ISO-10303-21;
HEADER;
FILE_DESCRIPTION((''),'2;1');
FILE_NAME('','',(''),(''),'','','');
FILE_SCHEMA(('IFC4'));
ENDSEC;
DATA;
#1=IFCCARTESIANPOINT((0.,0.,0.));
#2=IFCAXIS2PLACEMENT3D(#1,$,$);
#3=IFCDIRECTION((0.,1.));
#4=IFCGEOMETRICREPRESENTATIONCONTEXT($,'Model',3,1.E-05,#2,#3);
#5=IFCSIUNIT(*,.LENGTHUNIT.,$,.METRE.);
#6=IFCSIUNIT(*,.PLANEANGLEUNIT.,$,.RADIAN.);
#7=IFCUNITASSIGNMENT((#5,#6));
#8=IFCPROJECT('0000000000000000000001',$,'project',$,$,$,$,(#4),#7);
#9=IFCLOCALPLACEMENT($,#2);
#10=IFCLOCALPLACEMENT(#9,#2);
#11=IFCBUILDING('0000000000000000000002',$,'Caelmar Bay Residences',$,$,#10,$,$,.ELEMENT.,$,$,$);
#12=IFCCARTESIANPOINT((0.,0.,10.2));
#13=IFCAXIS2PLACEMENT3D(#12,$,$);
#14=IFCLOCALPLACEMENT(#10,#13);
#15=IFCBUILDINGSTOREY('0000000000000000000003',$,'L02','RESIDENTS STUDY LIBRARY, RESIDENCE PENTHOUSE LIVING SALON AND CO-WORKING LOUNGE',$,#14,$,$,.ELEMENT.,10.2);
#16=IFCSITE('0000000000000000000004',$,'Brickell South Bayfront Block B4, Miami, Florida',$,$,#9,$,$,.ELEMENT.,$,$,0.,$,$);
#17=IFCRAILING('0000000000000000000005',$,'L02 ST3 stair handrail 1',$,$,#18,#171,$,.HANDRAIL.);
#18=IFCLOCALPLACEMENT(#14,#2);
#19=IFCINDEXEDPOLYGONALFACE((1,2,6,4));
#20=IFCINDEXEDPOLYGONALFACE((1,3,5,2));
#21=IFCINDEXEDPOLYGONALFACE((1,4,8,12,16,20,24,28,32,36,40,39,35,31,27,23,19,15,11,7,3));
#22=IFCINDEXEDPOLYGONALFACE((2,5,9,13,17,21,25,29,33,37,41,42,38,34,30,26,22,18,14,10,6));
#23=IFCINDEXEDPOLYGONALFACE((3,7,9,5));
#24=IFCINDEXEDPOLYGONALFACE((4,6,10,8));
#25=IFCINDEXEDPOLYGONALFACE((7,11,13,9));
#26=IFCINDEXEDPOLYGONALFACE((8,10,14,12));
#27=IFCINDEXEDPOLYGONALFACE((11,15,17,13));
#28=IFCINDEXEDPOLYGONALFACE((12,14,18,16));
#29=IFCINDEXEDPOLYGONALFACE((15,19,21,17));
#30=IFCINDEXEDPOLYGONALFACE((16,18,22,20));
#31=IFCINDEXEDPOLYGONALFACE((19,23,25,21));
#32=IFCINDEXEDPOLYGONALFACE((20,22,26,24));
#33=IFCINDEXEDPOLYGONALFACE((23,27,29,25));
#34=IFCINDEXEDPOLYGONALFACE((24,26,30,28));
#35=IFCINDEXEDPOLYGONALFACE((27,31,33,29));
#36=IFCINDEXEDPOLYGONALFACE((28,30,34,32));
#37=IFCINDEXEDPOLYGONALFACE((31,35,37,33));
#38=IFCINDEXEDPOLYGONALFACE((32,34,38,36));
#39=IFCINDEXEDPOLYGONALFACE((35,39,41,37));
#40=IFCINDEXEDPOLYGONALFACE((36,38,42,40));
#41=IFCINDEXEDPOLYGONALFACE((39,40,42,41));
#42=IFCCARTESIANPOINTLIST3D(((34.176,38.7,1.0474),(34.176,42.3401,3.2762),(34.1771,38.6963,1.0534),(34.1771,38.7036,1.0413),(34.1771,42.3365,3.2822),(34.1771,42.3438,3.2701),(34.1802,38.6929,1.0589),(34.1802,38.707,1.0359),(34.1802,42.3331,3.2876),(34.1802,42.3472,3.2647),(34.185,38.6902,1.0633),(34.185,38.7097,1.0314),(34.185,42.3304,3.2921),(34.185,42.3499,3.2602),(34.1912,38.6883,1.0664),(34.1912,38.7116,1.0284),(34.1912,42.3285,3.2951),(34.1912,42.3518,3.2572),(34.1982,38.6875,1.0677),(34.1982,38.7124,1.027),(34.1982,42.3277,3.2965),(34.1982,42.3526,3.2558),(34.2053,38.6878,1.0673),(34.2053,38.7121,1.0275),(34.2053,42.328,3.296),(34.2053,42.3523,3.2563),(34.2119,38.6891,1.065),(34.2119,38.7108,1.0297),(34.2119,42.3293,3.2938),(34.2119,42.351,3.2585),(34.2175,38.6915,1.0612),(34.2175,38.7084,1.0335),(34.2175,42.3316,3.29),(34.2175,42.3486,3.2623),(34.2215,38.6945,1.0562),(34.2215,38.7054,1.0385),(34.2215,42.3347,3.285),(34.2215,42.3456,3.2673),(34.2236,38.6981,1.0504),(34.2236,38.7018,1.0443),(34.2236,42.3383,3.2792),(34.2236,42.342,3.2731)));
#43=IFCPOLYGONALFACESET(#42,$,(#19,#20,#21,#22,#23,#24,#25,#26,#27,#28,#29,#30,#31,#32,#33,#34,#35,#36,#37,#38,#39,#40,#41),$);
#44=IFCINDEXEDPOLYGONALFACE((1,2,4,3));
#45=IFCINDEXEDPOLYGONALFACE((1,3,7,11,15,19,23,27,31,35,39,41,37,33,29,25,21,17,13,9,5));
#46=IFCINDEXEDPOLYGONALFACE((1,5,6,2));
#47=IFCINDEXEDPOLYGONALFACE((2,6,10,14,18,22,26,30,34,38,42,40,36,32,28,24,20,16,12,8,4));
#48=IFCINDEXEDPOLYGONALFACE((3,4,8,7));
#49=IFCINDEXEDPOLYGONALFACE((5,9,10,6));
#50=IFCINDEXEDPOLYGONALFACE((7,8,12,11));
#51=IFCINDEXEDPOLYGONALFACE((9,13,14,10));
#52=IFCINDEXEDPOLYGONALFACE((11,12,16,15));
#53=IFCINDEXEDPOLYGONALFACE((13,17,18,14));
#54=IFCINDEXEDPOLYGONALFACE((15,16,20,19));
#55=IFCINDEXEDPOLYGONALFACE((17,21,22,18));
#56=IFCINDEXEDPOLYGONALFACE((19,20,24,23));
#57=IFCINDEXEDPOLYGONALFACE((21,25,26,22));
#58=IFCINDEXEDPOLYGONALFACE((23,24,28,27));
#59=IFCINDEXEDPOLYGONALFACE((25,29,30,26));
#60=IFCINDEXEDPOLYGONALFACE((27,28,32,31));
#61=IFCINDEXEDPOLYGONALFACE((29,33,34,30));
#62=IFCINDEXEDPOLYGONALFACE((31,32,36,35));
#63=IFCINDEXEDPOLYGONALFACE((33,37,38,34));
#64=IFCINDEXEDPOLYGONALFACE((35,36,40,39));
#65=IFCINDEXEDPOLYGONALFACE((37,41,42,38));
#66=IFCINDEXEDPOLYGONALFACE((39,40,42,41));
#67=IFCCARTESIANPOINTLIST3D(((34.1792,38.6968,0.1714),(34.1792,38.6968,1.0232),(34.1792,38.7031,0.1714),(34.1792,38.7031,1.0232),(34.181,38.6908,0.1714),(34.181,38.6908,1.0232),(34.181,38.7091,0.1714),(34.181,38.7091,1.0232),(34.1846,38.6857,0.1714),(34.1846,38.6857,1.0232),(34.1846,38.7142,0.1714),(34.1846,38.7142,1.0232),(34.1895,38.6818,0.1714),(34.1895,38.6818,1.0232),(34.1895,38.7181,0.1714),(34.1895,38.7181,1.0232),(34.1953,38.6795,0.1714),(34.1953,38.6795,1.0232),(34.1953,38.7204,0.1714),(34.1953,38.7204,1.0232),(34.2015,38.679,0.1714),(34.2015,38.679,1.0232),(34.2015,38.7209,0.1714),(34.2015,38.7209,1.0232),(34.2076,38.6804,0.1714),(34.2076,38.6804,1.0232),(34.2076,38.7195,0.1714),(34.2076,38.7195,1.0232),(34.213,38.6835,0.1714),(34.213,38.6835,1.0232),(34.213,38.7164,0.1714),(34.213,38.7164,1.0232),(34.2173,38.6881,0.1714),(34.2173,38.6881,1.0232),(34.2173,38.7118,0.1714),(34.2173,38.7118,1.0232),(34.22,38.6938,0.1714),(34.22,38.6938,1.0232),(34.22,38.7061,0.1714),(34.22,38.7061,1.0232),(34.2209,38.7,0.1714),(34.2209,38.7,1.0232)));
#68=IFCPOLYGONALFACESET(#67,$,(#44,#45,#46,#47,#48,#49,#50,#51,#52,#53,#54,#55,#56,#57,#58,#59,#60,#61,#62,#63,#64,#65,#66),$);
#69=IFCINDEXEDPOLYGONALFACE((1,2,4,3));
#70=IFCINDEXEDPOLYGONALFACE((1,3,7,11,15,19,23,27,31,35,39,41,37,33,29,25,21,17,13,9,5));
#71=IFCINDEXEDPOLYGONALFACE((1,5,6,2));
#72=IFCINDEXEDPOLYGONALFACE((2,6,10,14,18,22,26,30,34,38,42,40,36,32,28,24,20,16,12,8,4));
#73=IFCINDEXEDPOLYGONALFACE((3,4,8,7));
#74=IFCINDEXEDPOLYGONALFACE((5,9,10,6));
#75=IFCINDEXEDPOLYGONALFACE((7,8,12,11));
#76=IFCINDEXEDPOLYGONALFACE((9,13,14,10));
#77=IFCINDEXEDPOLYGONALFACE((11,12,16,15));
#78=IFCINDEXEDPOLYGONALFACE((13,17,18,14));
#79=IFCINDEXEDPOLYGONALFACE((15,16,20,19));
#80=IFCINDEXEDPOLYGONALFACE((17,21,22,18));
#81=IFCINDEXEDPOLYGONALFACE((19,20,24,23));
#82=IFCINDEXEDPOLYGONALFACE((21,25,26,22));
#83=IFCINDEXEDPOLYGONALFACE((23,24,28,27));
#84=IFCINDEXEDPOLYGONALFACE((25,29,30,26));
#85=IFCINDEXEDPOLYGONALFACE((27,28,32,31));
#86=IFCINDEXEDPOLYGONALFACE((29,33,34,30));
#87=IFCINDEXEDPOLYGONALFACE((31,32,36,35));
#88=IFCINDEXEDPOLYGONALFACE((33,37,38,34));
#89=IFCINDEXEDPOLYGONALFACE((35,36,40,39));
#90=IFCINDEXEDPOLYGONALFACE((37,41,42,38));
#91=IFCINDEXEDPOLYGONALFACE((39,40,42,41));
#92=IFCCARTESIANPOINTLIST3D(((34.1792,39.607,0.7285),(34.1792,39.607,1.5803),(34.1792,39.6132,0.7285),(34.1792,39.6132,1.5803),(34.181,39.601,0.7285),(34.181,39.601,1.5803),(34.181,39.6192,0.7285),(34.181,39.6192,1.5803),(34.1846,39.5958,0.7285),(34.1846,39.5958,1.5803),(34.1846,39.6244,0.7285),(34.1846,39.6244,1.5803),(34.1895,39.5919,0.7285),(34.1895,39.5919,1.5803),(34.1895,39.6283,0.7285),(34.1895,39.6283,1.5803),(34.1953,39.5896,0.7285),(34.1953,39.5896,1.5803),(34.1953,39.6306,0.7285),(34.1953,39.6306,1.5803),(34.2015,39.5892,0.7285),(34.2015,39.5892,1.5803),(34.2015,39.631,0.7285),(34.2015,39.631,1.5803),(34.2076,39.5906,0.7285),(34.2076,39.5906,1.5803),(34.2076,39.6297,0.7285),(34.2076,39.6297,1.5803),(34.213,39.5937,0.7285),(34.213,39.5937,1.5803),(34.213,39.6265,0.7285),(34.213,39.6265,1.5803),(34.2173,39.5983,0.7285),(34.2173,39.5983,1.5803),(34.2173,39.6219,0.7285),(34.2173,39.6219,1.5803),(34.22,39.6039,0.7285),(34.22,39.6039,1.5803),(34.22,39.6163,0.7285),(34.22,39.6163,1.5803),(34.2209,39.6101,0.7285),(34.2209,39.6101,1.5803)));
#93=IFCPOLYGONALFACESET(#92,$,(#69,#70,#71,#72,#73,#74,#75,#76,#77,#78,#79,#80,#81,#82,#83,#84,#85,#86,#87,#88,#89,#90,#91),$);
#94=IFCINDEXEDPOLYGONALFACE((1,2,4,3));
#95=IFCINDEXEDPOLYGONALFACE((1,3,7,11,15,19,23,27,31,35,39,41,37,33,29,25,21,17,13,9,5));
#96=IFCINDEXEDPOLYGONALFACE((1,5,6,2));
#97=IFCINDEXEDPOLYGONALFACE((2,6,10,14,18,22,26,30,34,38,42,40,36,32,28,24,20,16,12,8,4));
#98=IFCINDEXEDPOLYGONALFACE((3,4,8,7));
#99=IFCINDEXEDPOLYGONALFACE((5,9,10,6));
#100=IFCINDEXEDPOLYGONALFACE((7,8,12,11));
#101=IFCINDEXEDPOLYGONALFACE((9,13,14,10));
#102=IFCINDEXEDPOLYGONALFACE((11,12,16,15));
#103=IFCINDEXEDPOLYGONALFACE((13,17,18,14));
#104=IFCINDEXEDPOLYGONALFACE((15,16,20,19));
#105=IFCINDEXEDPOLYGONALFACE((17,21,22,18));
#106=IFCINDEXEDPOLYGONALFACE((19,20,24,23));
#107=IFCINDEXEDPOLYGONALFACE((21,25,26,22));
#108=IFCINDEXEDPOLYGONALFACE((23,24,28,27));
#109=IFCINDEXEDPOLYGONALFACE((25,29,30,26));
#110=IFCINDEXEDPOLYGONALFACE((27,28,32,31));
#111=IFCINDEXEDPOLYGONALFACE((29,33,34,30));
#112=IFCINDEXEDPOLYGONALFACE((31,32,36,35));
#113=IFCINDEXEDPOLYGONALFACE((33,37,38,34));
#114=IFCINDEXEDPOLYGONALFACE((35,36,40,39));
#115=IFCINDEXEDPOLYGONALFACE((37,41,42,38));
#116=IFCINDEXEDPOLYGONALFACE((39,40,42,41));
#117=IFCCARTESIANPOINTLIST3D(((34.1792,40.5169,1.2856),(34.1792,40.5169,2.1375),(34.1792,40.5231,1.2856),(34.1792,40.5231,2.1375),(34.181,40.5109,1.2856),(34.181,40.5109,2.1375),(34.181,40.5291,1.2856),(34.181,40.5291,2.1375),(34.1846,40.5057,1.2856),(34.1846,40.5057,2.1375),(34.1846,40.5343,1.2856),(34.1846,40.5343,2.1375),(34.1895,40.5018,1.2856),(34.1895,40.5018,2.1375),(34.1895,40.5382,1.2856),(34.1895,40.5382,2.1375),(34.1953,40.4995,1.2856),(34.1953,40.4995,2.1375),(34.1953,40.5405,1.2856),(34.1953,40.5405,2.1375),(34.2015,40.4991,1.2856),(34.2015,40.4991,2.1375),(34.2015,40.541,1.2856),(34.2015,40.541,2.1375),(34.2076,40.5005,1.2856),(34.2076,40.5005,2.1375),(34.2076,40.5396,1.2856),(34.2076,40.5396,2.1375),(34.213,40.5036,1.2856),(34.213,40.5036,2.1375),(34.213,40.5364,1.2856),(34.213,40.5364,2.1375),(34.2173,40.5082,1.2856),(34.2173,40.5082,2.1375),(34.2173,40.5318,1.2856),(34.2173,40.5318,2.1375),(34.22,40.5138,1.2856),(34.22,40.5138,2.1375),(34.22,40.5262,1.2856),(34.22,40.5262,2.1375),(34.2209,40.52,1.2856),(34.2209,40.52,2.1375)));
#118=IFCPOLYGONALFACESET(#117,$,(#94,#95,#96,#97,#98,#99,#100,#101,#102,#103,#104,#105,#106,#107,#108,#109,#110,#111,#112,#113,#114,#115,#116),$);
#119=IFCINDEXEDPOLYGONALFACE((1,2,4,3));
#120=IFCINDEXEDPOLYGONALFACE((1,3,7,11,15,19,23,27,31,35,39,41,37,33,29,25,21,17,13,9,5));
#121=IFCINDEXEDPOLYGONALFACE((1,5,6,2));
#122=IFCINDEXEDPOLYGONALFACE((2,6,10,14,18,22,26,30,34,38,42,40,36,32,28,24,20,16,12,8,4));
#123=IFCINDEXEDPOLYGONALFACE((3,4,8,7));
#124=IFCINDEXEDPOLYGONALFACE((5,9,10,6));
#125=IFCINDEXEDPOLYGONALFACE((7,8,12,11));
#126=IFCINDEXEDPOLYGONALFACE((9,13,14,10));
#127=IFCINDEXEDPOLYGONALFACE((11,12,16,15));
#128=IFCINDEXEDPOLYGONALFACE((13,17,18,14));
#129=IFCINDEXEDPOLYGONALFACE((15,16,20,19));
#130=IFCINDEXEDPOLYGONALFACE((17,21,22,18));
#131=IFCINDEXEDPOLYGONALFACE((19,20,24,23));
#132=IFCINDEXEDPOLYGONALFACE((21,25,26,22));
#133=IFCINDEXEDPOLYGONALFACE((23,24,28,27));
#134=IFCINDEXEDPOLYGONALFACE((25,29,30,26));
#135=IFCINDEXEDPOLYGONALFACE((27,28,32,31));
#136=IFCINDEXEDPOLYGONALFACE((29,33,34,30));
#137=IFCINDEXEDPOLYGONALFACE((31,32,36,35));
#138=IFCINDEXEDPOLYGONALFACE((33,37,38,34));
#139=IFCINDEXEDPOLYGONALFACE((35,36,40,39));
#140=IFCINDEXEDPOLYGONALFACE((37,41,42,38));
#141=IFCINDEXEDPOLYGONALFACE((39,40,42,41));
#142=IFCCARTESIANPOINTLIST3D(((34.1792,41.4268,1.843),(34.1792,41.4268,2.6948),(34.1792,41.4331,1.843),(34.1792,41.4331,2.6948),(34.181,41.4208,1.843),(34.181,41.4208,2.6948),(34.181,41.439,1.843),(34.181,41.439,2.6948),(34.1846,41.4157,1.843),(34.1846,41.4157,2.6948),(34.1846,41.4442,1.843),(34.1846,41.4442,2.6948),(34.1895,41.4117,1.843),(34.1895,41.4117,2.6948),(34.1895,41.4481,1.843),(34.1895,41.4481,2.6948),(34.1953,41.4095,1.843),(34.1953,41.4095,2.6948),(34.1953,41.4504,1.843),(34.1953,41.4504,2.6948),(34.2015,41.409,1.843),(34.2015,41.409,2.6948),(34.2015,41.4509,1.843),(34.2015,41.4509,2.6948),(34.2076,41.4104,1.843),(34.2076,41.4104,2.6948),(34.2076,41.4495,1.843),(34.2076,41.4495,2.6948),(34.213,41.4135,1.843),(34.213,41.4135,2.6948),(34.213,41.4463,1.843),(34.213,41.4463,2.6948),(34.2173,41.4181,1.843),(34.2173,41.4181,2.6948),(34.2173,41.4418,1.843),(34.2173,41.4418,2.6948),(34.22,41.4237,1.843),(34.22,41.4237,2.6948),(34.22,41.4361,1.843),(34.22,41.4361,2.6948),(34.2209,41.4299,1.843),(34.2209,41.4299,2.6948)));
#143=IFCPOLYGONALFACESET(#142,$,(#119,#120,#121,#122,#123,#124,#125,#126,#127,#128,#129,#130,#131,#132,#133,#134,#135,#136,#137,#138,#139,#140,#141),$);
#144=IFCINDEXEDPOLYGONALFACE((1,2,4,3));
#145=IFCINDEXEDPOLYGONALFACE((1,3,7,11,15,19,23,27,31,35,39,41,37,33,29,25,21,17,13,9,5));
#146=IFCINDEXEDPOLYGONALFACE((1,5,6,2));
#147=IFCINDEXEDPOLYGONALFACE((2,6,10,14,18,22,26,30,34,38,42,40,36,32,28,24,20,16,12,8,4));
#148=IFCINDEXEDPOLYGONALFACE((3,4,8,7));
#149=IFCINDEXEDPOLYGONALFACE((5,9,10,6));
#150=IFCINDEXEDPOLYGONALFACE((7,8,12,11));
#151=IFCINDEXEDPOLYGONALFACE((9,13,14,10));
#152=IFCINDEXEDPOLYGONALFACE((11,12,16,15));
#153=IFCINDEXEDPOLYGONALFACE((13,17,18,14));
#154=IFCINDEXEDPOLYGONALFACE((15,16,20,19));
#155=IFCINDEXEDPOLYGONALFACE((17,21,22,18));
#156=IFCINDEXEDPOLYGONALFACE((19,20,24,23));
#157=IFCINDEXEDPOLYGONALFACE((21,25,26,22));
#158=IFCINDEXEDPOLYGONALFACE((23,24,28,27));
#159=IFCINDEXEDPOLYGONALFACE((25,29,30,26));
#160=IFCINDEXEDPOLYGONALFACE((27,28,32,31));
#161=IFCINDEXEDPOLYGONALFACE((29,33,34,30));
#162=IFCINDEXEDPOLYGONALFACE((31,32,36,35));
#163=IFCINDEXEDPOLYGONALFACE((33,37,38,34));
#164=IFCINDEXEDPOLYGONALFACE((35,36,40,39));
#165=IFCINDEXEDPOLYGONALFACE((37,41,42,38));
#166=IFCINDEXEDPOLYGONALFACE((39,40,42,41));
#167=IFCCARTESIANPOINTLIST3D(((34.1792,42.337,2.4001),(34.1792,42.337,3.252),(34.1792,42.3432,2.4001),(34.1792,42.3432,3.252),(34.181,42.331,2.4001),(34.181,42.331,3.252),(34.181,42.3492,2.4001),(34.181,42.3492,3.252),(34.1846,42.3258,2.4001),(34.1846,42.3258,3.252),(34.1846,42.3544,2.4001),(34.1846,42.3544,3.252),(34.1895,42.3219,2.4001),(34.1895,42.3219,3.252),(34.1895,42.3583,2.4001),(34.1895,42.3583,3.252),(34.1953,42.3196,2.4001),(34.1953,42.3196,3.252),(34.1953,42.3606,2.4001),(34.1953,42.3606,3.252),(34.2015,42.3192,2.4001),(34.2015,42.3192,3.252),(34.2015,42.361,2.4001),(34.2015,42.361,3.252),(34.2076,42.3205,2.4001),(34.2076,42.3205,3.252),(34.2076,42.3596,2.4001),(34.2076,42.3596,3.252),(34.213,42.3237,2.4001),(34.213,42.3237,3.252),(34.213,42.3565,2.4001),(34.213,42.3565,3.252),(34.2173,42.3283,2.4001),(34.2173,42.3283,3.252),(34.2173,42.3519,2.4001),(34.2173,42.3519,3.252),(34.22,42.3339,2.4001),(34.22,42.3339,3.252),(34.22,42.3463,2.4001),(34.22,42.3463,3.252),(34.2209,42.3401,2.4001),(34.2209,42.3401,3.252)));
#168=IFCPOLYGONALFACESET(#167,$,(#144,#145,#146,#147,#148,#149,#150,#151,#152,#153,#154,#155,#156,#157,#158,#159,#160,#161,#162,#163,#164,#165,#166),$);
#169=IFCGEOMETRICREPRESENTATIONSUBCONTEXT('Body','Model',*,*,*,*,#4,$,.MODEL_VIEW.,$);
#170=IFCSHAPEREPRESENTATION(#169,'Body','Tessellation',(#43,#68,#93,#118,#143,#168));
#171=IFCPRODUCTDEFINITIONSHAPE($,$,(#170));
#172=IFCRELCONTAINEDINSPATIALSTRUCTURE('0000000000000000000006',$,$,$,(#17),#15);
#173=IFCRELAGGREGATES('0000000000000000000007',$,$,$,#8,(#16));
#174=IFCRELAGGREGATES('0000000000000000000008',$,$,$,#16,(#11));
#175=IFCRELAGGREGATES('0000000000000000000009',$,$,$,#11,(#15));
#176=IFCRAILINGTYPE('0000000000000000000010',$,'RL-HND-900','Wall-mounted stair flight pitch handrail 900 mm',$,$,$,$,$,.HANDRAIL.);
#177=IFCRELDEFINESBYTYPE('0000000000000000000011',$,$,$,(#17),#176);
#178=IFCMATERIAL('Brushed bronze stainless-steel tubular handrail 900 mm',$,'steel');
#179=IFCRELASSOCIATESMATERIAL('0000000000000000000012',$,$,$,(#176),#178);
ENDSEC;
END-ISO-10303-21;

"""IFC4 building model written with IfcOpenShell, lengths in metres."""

from ifc_helpers import new_model, si_unit, direction, frame, origin, origin_2d, place, context, subcontext, project, spatial, circle, extrude, material, type_object, element, save


model = new_model("IFC4")

# Units and contexts
model_context = context("Model", 3, precision=1e-05, world=origin(), true_north=direction((0.0, 1.0)))
body_context = subcontext(model_context, "Body", "Model", "MODEL_VIEW")
ifc_project = project(units=[si_unit("LENGTHUNIT", "METRE"), si_unit("PLANEANGLEUNIT", "RADIAN")], contexts=[model_context])

# Site, building, storey
site_placement = place(None, origin())
site = spatial("IfcSite", under=ifc_project, at=site_placement, Name="Brickell South Bayfront Block B4, Miami, Florida", CompositionType="ELEMENT", RefElevation=0.0)
building_placement = place(site_placement, origin())
building = spatial("IfcBuilding", under=site, at=building_placement, Name="Caelmar Bay Residences", CompositionType="ELEMENT")
storey_placement = place(building_placement, frame((0.0, 0.0, 10.2)))
storey = spatial("IfcBuildingStorey", under=building, at=storey_placement, Name="L02", Description="RESIDENTS STUDY LIBRARY, RESIDENCE PENTHOUSE LIVING SALON AND CO-WORKING LOUNGE", CompositionType="ELEMENT", Elevation=10.2)

# Railing
ifc_material_1 = material(Name="Brushed bronze stainless-steel tubular handrail 900 mm", Category="steel")
railing_type_1 = type_object("IfcRailingType", Name="RL-HND-900", Description="Wall-mounted stair flight pitch handrail 900 mm", PredefinedType="HANDRAIL", material=ifc_material_1)
railing_1_placement = place(storey_placement, frame((34.2, 38.7, 0.1714)))
element("IfcRailing", 1, at=railing_1_placement, inside=storey, type_object=railing_type_1, Name="L02 ST3 stair handrail 1", PredefinedType="HANDRAIL", context=body_context, shape_type="SweptSolid", body=[
    extrude(circle(Radius=0.0239, at=origin_2d()), frame((0.0, 0.0, 0.876), z_axis=(0.0, 0.85284, 0.522172), x_axis=(-1.0, 0.0, 0.0)), (0.0, 0.0, 1.0), 4.2683),
    extrude(circle(Radius=0.021, at=origin_2d()), origin(), (0.0, 0.0, 1.0), 0.8518),
    extrude(circle(Radius=0.021, at=origin_2d()), frame((0.0, 0.9102, 0.5571)), (0.0, 0.0, 1.0), 0.8518),
    extrude(circle(Radius=0.021, at=origin_2d()), frame((0.0, 1.8201, 1.1143)), (0.0, 0.0, 1.0), 0.8518),
    extrude(circle(Radius=0.021, at=origin_2d()), frame((0.0, 2.73, 1.6716)), (0.0, 0.0, 1.0), 0.8518),
    extrude(circle(Radius=0.021, at=origin_2d()), frame((0.0, 3.6401, 2.2288)), (0.0, 0.0, 1.0), 0.8518),
])

save(model, "model.ifc")
